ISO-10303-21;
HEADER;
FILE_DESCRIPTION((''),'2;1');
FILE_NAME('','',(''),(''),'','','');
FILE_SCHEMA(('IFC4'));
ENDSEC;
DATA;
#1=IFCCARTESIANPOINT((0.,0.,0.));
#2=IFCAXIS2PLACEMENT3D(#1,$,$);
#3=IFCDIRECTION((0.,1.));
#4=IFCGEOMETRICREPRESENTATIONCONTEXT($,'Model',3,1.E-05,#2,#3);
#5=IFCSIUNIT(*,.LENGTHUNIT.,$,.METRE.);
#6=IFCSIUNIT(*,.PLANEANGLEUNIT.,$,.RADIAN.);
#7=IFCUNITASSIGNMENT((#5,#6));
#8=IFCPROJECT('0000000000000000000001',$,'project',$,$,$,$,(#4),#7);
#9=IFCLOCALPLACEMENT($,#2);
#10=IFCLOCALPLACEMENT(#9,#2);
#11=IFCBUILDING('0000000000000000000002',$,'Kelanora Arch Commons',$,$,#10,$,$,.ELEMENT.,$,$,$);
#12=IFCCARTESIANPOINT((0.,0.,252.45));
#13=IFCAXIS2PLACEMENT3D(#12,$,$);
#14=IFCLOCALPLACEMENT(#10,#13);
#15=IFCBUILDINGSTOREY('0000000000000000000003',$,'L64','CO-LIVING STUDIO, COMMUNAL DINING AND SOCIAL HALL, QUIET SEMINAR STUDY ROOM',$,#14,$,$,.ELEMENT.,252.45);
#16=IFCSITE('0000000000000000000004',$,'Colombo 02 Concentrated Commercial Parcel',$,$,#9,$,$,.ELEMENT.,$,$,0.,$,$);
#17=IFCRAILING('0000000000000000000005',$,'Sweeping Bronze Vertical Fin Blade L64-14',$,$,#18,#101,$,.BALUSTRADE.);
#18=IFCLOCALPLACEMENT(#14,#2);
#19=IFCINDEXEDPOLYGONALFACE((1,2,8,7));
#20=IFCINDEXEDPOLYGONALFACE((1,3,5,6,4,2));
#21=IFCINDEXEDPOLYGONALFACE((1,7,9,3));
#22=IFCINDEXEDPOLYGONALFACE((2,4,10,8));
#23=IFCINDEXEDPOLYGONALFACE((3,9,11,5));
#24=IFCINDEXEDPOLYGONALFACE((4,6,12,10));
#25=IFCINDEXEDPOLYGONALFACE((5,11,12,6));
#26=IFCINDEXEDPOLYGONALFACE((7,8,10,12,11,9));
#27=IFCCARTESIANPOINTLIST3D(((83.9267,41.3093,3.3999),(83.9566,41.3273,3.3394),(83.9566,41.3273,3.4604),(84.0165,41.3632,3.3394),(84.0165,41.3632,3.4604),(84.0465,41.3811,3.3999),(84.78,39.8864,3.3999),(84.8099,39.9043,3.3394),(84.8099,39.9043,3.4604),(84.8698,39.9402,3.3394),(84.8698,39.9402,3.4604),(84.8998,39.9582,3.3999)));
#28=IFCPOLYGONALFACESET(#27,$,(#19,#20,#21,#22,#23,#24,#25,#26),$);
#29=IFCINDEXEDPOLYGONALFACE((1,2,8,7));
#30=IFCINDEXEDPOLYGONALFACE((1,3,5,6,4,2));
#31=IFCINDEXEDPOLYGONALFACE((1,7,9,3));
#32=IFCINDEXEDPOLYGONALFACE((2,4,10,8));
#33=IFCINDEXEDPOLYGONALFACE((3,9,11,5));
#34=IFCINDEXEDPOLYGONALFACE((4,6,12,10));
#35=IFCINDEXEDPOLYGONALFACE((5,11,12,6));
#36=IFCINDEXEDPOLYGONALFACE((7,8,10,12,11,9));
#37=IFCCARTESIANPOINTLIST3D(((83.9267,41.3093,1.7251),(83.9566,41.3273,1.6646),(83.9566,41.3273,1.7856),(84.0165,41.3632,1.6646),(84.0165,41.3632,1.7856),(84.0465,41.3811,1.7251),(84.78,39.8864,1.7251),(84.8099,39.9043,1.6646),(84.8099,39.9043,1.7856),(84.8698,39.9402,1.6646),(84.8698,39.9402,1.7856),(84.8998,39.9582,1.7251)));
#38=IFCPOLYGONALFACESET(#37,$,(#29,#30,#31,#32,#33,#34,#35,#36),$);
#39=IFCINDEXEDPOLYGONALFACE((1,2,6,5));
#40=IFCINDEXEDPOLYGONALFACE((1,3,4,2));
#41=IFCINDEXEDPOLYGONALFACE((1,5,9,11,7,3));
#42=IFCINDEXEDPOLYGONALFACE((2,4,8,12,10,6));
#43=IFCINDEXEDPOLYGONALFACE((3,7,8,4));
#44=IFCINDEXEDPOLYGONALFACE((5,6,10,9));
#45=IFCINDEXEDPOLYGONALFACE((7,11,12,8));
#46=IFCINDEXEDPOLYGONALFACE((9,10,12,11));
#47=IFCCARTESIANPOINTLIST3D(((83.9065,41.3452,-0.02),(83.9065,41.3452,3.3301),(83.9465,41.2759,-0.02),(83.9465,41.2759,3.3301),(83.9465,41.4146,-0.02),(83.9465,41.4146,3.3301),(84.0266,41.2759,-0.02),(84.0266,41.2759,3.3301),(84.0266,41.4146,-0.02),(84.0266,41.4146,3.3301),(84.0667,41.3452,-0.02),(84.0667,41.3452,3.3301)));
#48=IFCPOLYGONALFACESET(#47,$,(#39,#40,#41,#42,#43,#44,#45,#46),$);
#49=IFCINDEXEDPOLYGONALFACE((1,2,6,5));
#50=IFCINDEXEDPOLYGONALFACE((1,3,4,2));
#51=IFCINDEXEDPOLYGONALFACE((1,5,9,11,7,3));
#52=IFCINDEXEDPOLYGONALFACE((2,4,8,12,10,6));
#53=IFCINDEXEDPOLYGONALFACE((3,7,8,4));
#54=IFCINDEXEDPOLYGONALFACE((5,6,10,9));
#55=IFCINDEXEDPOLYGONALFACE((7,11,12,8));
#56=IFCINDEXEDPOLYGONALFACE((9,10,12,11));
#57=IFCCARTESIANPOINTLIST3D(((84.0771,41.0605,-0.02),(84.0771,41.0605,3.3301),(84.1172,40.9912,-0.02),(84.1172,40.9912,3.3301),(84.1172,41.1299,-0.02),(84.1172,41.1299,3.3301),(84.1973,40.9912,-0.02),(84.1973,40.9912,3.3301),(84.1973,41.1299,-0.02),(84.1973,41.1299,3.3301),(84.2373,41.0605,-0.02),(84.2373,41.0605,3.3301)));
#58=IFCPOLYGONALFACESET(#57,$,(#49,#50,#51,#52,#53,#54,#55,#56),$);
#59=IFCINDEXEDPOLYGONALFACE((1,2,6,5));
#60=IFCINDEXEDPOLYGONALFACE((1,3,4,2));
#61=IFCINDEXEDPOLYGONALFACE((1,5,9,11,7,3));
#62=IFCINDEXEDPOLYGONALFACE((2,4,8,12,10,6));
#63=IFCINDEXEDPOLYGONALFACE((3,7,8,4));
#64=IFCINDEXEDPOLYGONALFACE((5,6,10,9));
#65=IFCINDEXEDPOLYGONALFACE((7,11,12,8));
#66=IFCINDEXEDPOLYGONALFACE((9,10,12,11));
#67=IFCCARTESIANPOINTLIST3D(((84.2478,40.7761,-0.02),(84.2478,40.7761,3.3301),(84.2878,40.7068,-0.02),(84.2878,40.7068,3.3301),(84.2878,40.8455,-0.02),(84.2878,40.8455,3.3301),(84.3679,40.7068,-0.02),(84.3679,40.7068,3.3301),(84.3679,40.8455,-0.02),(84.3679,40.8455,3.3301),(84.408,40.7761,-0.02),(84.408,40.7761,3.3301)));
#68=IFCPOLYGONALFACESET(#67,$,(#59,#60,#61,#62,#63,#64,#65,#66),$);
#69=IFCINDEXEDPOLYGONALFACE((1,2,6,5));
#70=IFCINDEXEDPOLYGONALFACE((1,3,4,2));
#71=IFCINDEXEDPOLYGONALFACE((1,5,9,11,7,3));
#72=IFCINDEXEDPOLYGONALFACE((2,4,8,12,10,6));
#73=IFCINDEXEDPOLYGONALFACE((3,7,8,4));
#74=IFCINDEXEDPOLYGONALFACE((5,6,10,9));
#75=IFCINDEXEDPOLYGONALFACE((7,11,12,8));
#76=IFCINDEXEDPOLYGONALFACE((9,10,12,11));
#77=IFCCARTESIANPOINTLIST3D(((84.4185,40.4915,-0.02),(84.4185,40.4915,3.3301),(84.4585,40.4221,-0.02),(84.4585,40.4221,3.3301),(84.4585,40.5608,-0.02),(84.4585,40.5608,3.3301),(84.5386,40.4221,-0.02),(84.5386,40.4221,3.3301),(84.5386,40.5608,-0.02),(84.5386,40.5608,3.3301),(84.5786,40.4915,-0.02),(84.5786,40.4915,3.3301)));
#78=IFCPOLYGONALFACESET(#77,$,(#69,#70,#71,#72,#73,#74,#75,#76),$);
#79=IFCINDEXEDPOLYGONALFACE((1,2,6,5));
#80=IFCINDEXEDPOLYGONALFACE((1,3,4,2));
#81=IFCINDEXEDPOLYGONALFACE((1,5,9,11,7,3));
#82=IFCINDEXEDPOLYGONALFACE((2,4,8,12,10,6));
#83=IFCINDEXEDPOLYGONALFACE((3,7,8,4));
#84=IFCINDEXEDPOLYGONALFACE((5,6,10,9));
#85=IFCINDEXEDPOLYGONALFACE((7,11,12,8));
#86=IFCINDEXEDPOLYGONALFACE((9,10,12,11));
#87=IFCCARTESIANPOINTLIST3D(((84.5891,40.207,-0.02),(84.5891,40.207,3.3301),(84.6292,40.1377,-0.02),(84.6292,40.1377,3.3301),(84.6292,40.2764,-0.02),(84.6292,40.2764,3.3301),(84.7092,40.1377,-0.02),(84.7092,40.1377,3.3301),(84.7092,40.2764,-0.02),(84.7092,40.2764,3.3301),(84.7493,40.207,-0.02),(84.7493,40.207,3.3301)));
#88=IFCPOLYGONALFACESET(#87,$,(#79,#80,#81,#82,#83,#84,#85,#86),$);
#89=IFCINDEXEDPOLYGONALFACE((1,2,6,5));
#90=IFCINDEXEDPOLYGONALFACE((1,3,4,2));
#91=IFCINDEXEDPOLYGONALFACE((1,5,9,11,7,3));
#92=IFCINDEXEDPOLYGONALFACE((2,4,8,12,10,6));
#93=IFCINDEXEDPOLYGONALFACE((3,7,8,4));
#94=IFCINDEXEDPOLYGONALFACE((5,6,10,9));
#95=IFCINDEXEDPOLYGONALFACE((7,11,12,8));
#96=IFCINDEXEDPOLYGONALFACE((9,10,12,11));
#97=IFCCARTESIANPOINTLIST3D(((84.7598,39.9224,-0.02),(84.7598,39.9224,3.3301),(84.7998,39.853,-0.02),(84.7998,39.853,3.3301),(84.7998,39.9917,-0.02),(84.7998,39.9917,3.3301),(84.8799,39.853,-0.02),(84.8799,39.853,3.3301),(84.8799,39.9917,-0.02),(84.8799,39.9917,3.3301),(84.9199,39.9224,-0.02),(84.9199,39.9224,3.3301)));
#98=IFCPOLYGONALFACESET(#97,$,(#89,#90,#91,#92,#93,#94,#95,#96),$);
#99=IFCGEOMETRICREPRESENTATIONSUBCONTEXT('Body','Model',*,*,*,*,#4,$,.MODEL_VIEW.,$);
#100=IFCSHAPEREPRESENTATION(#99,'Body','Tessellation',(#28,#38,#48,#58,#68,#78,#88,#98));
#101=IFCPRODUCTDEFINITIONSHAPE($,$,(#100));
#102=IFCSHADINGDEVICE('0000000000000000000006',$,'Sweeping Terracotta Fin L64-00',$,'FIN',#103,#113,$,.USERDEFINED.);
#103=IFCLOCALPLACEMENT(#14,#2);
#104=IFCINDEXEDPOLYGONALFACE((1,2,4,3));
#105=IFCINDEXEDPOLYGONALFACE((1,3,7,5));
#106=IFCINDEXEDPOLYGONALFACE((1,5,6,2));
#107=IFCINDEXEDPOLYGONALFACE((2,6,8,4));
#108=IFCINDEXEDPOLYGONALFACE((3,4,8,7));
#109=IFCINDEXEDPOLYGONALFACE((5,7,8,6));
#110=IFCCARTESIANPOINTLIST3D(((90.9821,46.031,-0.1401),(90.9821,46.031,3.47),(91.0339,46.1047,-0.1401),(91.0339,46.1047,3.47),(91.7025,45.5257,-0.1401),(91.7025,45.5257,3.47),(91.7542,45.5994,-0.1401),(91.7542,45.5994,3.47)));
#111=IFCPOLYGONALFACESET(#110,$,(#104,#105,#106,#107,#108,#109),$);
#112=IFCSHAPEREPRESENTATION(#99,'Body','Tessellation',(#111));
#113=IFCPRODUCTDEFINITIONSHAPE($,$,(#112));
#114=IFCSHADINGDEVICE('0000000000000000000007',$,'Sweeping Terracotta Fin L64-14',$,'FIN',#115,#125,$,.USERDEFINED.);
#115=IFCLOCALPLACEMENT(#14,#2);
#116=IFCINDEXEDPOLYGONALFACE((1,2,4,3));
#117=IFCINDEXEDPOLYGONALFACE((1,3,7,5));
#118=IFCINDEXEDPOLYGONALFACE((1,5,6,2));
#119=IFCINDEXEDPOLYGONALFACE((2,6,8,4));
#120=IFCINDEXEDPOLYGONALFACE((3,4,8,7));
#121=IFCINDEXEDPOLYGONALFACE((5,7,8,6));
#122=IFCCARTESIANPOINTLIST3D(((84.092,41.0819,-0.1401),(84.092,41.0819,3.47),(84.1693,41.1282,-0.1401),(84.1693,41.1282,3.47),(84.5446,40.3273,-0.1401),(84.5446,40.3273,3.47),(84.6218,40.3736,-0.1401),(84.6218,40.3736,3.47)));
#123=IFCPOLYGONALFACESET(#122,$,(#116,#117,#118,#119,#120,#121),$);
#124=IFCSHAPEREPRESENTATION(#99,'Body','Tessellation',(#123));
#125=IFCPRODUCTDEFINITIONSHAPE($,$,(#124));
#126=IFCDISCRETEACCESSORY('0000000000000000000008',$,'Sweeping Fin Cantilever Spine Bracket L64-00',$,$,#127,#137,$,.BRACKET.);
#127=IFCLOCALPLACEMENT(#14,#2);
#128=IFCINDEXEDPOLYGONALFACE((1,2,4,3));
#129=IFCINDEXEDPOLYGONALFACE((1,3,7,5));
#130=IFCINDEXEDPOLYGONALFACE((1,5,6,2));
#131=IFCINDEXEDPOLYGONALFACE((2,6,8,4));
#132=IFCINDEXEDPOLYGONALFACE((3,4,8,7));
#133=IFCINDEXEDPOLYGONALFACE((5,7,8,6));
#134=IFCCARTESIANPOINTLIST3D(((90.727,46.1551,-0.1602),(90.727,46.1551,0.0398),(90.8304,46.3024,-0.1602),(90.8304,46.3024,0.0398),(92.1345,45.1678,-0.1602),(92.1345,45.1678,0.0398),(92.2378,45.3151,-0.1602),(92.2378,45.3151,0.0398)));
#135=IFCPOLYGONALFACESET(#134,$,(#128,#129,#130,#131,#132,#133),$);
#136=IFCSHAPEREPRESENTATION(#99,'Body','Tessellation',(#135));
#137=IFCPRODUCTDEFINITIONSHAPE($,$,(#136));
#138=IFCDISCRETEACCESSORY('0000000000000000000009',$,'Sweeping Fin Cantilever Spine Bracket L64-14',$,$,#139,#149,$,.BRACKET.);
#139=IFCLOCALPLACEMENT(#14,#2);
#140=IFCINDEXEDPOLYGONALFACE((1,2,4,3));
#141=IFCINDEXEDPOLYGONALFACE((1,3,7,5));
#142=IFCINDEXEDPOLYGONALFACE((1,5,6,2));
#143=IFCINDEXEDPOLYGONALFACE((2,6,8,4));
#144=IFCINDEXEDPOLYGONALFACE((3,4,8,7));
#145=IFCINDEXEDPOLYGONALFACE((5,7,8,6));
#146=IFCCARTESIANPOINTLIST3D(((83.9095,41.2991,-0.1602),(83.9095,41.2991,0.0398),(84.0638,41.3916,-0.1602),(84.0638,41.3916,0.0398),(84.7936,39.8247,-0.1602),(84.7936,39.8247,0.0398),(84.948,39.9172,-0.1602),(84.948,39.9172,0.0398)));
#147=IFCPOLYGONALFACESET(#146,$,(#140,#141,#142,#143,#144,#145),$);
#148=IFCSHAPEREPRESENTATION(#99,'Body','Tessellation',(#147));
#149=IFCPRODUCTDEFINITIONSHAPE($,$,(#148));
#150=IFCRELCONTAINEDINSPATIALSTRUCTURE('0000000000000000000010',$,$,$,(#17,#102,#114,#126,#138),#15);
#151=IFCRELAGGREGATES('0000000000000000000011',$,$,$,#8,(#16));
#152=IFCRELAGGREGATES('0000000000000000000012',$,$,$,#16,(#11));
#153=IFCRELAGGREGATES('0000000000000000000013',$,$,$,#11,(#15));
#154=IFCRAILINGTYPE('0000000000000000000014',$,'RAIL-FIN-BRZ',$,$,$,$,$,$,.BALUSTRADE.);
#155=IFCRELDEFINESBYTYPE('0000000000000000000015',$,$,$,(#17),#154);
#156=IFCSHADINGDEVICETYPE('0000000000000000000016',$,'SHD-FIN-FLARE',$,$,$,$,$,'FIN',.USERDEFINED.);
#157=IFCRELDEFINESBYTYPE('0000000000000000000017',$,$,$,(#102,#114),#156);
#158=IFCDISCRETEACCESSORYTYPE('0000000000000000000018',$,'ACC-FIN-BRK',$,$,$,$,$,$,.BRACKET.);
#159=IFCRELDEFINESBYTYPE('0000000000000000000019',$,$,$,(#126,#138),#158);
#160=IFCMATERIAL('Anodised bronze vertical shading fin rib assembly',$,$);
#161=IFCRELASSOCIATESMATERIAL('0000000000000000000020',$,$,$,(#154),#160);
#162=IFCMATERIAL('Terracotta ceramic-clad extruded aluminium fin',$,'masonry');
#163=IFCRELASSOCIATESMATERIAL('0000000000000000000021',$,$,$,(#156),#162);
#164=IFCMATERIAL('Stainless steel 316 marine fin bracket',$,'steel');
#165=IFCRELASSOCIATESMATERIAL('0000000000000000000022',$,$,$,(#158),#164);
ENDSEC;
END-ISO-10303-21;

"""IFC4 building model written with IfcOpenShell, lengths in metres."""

from ifc_helpers import new_model, si_unit, direction, frame, origin, origin_2d, place, context, subcontext, project, spatial, polyline, rectangle, outline, extrude, source, transform, mapped, material, type_object, element, save


model = new_model("IFC4")

# Units and contexts
model_context = context("Model", 3, precision=1e-05, world=origin(), true_north=direction((0.0, 1.0)))
body_context = subcontext(model_context, "Body", "Model", "MODEL_VIEW")
ifc_project = project(units=[si_unit("LENGTHUNIT", "METRE"), si_unit("PLANEANGLEUNIT", "RADIAN")], contexts=[model_context])

# Site, building, storey
site_placement = place(None, origin())
site = spatial("IfcSite", under=ifc_project, at=site_placement, Name="Colombo 02 Concentrated Commercial Parcel", CompositionType="ELEMENT", RefElevation=0.0)
building_placement = place(site_placement, origin())
building = spatial("IfcBuilding", under=site, at=building_placement, Name="Kelanora Arch Commons", CompositionType="ELEMENT")
storey_placement = place(building_placement, frame((0.0, 0.0, 252.45)))
storey = spatial("IfcBuildingStorey", under=building, at=storey_placement, Name="L64", Description="CO-LIVING STUDIO, COMMUNAL DINING AND SOCIAL HALL, QUIET SEMINAR STUDY ROOM", CompositionType="ELEMENT", Elevation=252.45)

# Railing
ifc_material_1 = material(Name="Anodised bronze vertical shading fin rib assembly")
railing_type = type_object("IfcRailingType", Name="RAIL-FIN-BRZ", PredefinedType="BALUSTRADE", material=ifc_material_1)
railing_1_placement = place(storey_placement, frame((83.9866, 41.3452, -0.02)))
element("IfcRailing", 1, at=railing_1_placement, inside=storey, type_object=railing_type, Name="Sweeping Bronze Vertical Fin Blade L64-14", PredefinedType="BALUSTRADE", context=body_context, shape_type="SweptSolid", body=[
    extrude(outline(polyline([(0.0698, 0.0), (0.0349, 0.0605), (-0.0349, 0.0605), (-0.0698, 0.0), (-0.0349, -0.0605), (0.0349, -0.0605), (0.0698, 0.0)])), frame((0.0, 0.0, 3.4199), z_axis=(0.514301, -0.85761, 0.0), x_axis=(0.85761, 0.514301, 0.0)), (0.0, 0.0, 1.0), 1.6592),
    extrude(outline(polyline([(0.0698, 0.0), (0.0349, 0.0605), (-0.0349, 0.0605), (-0.0698, 0.0), (-0.0349, -0.0605), (0.0349, -0.0605), (0.0698, 0.0)])), frame((0.0, 0.0, 1.7451), z_axis=(0.514301, -0.85761, 0.0), x_axis=(0.85761, 0.514301, 0.0)), (0.0, 0.0, 1.0), 1.6592),
    extrude(outline(polyline([(0.0801, 0.0), (0.04, 0.0693), (-0.04, 0.0693), (-0.0801, 0.0), (-0.04, -0.0693), (0.04, -0.0693), (0.0801, 0.0)])), origin(), (0.0, 0.0, 1.0), 3.3501),
    extrude(outline(polyline([(0.0801, 0.0), (0.04, 0.0693), (-0.04, 0.0693), (-0.0801, 0.0), (-0.04, -0.0693), (0.04, -0.0693), (0.0801, 0.0)])), frame((0.1707, -0.2847, 0.0)), (0.0, 0.0, 1.0), 3.3501),
    extrude(outline(polyline([(0.0801, 0.0), (0.04, 0.0693), (-0.04, 0.0693), (-0.0801, 0.0), (-0.04, -0.0693), (0.04, -0.0693), (0.0801, 0.0)])), frame((0.3413, -0.5691, 0.0)), (0.0, 0.0, 1.0), 3.3501),
    extrude(outline(polyline([(0.0801, 0.0), (0.04, 0.0693), (-0.04, 0.0693), (-0.0801, 0.0), (-0.04, -0.0693), (0.04, -0.0693), (0.0801, 0.0)])), frame((0.512, -0.8538, 0.0)), (0.0, 0.0, 1.0), 3.3501),
    extrude(outline(polyline([(0.0801, 0.0), (0.04, 0.0693), (-0.04, 0.0693), (-0.0801, 0.0), (-0.04, -0.0693), (0.04, -0.0693), (0.0801, 0.0)])), frame((0.6826, -1.1382, 0.0)), (0.0, 0.0, 1.0), 3.3501),
    extrude(outline(polyline([(0.0801, 0.0), (0.04, 0.0693), (-0.04, 0.0693), (-0.0801, 0.0), (-0.04, -0.0693), (0.04, -0.0693), (0.0801, 0.0)])), frame((0.8533, -1.4229, 0.0)), (0.0, 0.0, 1.0), 3.3501),
])

# Shading devices
ifc_material_2 = material(Name="Terracotta ceramic-clad extruded aluminium fin", Category="masonry")
shading_device_type = type_object("IfcShadingDeviceType", Name="SHD-FIN-FLARE", ElementType="FIN", PredefinedType="USERDEFINED", material=ifc_material_2)
shared_shape_1 = source(origin(), body_context, "Body", "SweptSolid", [
    extrude(rectangle(XDim=0.8799, YDim=0.0901, at=origin_2d()), origin(), (0.0, 0.0, 1.0), 3.6101),
])
for number, where, z_axis, x_axis, name in (
    (2, (91.3682, 45.8152, -0.1401), (0.0, 0.0, 1.0), (0.818651, -0.574291, 0.0), "Sweeping Terracotta Fin L64-00"),
    (3, (84.3569, 40.7278, -0.1401), (0.0, 0.0, 1.0), (0.51429, -0.857616, 0.0), "Sweeping Terracotta Fin L64-14"),
):
    element("IfcShadingDevice", number, at=place(storey_placement, frame(where, z_axis=z_axis, x_axis=x_axis)), inside=storey, type_object=shading_device_type, Name=name, ObjectType="FIN", PredefinedType="USERDEFINED", context=body_context, shape_type="MappedRepresentation", body=[
        mapped(shared_shape_1, transform((0.0, 0.0, 0.0), scale=1.0)),
    ])

# Discrete accessories
ifc_material_3 = material(Name="Stainless steel 316 marine fin bracket", Category="steel")
discrete_accessory_type = type_object("IfcDiscreteAccessoryType", Name="ACC-FIN-BRK", PredefinedType="BRACKET", material=ifc_material_3)
shared_shape_2 = source(origin(), body_context, "Body", "SweptSolid", [
    extrude(rectangle(XDim=1.7192, YDim=0.1799, at=origin_2d()), origin(), (0.0, 0.0, 1.0), 0.2),
])
for number, where, z_axis, x_axis, name in (
    (4, (91.4824, 45.7351, -0.1602), (0.0, 0.0, 1.0), (0.818651, -0.574291, 0.0), "Sweeping Fin Cantilever Spine Bracket L64-00"),
    (5, (84.4287, 40.6082, -0.1602), (0.0, 0.0, 1.0), (0.51429, -0.857616, 0.0), "Sweeping Fin Cantilever Spine Bracket L64-14"),
):
    element("IfcDiscreteAccessory", number, at=place(storey_placement, frame(where, z_axis=z_axis, x_axis=x_axis)), inside=storey, type_object=discrete_accessory_type, Name=name, PredefinedType="BRACKET", context=body_context, shape_type="MappedRepresentation", body=[
        mapped(shared_shape_2, transform((0.0, 0.0, 0.0), scale=1.0)),
    ])

save(model, "model.ifc")
